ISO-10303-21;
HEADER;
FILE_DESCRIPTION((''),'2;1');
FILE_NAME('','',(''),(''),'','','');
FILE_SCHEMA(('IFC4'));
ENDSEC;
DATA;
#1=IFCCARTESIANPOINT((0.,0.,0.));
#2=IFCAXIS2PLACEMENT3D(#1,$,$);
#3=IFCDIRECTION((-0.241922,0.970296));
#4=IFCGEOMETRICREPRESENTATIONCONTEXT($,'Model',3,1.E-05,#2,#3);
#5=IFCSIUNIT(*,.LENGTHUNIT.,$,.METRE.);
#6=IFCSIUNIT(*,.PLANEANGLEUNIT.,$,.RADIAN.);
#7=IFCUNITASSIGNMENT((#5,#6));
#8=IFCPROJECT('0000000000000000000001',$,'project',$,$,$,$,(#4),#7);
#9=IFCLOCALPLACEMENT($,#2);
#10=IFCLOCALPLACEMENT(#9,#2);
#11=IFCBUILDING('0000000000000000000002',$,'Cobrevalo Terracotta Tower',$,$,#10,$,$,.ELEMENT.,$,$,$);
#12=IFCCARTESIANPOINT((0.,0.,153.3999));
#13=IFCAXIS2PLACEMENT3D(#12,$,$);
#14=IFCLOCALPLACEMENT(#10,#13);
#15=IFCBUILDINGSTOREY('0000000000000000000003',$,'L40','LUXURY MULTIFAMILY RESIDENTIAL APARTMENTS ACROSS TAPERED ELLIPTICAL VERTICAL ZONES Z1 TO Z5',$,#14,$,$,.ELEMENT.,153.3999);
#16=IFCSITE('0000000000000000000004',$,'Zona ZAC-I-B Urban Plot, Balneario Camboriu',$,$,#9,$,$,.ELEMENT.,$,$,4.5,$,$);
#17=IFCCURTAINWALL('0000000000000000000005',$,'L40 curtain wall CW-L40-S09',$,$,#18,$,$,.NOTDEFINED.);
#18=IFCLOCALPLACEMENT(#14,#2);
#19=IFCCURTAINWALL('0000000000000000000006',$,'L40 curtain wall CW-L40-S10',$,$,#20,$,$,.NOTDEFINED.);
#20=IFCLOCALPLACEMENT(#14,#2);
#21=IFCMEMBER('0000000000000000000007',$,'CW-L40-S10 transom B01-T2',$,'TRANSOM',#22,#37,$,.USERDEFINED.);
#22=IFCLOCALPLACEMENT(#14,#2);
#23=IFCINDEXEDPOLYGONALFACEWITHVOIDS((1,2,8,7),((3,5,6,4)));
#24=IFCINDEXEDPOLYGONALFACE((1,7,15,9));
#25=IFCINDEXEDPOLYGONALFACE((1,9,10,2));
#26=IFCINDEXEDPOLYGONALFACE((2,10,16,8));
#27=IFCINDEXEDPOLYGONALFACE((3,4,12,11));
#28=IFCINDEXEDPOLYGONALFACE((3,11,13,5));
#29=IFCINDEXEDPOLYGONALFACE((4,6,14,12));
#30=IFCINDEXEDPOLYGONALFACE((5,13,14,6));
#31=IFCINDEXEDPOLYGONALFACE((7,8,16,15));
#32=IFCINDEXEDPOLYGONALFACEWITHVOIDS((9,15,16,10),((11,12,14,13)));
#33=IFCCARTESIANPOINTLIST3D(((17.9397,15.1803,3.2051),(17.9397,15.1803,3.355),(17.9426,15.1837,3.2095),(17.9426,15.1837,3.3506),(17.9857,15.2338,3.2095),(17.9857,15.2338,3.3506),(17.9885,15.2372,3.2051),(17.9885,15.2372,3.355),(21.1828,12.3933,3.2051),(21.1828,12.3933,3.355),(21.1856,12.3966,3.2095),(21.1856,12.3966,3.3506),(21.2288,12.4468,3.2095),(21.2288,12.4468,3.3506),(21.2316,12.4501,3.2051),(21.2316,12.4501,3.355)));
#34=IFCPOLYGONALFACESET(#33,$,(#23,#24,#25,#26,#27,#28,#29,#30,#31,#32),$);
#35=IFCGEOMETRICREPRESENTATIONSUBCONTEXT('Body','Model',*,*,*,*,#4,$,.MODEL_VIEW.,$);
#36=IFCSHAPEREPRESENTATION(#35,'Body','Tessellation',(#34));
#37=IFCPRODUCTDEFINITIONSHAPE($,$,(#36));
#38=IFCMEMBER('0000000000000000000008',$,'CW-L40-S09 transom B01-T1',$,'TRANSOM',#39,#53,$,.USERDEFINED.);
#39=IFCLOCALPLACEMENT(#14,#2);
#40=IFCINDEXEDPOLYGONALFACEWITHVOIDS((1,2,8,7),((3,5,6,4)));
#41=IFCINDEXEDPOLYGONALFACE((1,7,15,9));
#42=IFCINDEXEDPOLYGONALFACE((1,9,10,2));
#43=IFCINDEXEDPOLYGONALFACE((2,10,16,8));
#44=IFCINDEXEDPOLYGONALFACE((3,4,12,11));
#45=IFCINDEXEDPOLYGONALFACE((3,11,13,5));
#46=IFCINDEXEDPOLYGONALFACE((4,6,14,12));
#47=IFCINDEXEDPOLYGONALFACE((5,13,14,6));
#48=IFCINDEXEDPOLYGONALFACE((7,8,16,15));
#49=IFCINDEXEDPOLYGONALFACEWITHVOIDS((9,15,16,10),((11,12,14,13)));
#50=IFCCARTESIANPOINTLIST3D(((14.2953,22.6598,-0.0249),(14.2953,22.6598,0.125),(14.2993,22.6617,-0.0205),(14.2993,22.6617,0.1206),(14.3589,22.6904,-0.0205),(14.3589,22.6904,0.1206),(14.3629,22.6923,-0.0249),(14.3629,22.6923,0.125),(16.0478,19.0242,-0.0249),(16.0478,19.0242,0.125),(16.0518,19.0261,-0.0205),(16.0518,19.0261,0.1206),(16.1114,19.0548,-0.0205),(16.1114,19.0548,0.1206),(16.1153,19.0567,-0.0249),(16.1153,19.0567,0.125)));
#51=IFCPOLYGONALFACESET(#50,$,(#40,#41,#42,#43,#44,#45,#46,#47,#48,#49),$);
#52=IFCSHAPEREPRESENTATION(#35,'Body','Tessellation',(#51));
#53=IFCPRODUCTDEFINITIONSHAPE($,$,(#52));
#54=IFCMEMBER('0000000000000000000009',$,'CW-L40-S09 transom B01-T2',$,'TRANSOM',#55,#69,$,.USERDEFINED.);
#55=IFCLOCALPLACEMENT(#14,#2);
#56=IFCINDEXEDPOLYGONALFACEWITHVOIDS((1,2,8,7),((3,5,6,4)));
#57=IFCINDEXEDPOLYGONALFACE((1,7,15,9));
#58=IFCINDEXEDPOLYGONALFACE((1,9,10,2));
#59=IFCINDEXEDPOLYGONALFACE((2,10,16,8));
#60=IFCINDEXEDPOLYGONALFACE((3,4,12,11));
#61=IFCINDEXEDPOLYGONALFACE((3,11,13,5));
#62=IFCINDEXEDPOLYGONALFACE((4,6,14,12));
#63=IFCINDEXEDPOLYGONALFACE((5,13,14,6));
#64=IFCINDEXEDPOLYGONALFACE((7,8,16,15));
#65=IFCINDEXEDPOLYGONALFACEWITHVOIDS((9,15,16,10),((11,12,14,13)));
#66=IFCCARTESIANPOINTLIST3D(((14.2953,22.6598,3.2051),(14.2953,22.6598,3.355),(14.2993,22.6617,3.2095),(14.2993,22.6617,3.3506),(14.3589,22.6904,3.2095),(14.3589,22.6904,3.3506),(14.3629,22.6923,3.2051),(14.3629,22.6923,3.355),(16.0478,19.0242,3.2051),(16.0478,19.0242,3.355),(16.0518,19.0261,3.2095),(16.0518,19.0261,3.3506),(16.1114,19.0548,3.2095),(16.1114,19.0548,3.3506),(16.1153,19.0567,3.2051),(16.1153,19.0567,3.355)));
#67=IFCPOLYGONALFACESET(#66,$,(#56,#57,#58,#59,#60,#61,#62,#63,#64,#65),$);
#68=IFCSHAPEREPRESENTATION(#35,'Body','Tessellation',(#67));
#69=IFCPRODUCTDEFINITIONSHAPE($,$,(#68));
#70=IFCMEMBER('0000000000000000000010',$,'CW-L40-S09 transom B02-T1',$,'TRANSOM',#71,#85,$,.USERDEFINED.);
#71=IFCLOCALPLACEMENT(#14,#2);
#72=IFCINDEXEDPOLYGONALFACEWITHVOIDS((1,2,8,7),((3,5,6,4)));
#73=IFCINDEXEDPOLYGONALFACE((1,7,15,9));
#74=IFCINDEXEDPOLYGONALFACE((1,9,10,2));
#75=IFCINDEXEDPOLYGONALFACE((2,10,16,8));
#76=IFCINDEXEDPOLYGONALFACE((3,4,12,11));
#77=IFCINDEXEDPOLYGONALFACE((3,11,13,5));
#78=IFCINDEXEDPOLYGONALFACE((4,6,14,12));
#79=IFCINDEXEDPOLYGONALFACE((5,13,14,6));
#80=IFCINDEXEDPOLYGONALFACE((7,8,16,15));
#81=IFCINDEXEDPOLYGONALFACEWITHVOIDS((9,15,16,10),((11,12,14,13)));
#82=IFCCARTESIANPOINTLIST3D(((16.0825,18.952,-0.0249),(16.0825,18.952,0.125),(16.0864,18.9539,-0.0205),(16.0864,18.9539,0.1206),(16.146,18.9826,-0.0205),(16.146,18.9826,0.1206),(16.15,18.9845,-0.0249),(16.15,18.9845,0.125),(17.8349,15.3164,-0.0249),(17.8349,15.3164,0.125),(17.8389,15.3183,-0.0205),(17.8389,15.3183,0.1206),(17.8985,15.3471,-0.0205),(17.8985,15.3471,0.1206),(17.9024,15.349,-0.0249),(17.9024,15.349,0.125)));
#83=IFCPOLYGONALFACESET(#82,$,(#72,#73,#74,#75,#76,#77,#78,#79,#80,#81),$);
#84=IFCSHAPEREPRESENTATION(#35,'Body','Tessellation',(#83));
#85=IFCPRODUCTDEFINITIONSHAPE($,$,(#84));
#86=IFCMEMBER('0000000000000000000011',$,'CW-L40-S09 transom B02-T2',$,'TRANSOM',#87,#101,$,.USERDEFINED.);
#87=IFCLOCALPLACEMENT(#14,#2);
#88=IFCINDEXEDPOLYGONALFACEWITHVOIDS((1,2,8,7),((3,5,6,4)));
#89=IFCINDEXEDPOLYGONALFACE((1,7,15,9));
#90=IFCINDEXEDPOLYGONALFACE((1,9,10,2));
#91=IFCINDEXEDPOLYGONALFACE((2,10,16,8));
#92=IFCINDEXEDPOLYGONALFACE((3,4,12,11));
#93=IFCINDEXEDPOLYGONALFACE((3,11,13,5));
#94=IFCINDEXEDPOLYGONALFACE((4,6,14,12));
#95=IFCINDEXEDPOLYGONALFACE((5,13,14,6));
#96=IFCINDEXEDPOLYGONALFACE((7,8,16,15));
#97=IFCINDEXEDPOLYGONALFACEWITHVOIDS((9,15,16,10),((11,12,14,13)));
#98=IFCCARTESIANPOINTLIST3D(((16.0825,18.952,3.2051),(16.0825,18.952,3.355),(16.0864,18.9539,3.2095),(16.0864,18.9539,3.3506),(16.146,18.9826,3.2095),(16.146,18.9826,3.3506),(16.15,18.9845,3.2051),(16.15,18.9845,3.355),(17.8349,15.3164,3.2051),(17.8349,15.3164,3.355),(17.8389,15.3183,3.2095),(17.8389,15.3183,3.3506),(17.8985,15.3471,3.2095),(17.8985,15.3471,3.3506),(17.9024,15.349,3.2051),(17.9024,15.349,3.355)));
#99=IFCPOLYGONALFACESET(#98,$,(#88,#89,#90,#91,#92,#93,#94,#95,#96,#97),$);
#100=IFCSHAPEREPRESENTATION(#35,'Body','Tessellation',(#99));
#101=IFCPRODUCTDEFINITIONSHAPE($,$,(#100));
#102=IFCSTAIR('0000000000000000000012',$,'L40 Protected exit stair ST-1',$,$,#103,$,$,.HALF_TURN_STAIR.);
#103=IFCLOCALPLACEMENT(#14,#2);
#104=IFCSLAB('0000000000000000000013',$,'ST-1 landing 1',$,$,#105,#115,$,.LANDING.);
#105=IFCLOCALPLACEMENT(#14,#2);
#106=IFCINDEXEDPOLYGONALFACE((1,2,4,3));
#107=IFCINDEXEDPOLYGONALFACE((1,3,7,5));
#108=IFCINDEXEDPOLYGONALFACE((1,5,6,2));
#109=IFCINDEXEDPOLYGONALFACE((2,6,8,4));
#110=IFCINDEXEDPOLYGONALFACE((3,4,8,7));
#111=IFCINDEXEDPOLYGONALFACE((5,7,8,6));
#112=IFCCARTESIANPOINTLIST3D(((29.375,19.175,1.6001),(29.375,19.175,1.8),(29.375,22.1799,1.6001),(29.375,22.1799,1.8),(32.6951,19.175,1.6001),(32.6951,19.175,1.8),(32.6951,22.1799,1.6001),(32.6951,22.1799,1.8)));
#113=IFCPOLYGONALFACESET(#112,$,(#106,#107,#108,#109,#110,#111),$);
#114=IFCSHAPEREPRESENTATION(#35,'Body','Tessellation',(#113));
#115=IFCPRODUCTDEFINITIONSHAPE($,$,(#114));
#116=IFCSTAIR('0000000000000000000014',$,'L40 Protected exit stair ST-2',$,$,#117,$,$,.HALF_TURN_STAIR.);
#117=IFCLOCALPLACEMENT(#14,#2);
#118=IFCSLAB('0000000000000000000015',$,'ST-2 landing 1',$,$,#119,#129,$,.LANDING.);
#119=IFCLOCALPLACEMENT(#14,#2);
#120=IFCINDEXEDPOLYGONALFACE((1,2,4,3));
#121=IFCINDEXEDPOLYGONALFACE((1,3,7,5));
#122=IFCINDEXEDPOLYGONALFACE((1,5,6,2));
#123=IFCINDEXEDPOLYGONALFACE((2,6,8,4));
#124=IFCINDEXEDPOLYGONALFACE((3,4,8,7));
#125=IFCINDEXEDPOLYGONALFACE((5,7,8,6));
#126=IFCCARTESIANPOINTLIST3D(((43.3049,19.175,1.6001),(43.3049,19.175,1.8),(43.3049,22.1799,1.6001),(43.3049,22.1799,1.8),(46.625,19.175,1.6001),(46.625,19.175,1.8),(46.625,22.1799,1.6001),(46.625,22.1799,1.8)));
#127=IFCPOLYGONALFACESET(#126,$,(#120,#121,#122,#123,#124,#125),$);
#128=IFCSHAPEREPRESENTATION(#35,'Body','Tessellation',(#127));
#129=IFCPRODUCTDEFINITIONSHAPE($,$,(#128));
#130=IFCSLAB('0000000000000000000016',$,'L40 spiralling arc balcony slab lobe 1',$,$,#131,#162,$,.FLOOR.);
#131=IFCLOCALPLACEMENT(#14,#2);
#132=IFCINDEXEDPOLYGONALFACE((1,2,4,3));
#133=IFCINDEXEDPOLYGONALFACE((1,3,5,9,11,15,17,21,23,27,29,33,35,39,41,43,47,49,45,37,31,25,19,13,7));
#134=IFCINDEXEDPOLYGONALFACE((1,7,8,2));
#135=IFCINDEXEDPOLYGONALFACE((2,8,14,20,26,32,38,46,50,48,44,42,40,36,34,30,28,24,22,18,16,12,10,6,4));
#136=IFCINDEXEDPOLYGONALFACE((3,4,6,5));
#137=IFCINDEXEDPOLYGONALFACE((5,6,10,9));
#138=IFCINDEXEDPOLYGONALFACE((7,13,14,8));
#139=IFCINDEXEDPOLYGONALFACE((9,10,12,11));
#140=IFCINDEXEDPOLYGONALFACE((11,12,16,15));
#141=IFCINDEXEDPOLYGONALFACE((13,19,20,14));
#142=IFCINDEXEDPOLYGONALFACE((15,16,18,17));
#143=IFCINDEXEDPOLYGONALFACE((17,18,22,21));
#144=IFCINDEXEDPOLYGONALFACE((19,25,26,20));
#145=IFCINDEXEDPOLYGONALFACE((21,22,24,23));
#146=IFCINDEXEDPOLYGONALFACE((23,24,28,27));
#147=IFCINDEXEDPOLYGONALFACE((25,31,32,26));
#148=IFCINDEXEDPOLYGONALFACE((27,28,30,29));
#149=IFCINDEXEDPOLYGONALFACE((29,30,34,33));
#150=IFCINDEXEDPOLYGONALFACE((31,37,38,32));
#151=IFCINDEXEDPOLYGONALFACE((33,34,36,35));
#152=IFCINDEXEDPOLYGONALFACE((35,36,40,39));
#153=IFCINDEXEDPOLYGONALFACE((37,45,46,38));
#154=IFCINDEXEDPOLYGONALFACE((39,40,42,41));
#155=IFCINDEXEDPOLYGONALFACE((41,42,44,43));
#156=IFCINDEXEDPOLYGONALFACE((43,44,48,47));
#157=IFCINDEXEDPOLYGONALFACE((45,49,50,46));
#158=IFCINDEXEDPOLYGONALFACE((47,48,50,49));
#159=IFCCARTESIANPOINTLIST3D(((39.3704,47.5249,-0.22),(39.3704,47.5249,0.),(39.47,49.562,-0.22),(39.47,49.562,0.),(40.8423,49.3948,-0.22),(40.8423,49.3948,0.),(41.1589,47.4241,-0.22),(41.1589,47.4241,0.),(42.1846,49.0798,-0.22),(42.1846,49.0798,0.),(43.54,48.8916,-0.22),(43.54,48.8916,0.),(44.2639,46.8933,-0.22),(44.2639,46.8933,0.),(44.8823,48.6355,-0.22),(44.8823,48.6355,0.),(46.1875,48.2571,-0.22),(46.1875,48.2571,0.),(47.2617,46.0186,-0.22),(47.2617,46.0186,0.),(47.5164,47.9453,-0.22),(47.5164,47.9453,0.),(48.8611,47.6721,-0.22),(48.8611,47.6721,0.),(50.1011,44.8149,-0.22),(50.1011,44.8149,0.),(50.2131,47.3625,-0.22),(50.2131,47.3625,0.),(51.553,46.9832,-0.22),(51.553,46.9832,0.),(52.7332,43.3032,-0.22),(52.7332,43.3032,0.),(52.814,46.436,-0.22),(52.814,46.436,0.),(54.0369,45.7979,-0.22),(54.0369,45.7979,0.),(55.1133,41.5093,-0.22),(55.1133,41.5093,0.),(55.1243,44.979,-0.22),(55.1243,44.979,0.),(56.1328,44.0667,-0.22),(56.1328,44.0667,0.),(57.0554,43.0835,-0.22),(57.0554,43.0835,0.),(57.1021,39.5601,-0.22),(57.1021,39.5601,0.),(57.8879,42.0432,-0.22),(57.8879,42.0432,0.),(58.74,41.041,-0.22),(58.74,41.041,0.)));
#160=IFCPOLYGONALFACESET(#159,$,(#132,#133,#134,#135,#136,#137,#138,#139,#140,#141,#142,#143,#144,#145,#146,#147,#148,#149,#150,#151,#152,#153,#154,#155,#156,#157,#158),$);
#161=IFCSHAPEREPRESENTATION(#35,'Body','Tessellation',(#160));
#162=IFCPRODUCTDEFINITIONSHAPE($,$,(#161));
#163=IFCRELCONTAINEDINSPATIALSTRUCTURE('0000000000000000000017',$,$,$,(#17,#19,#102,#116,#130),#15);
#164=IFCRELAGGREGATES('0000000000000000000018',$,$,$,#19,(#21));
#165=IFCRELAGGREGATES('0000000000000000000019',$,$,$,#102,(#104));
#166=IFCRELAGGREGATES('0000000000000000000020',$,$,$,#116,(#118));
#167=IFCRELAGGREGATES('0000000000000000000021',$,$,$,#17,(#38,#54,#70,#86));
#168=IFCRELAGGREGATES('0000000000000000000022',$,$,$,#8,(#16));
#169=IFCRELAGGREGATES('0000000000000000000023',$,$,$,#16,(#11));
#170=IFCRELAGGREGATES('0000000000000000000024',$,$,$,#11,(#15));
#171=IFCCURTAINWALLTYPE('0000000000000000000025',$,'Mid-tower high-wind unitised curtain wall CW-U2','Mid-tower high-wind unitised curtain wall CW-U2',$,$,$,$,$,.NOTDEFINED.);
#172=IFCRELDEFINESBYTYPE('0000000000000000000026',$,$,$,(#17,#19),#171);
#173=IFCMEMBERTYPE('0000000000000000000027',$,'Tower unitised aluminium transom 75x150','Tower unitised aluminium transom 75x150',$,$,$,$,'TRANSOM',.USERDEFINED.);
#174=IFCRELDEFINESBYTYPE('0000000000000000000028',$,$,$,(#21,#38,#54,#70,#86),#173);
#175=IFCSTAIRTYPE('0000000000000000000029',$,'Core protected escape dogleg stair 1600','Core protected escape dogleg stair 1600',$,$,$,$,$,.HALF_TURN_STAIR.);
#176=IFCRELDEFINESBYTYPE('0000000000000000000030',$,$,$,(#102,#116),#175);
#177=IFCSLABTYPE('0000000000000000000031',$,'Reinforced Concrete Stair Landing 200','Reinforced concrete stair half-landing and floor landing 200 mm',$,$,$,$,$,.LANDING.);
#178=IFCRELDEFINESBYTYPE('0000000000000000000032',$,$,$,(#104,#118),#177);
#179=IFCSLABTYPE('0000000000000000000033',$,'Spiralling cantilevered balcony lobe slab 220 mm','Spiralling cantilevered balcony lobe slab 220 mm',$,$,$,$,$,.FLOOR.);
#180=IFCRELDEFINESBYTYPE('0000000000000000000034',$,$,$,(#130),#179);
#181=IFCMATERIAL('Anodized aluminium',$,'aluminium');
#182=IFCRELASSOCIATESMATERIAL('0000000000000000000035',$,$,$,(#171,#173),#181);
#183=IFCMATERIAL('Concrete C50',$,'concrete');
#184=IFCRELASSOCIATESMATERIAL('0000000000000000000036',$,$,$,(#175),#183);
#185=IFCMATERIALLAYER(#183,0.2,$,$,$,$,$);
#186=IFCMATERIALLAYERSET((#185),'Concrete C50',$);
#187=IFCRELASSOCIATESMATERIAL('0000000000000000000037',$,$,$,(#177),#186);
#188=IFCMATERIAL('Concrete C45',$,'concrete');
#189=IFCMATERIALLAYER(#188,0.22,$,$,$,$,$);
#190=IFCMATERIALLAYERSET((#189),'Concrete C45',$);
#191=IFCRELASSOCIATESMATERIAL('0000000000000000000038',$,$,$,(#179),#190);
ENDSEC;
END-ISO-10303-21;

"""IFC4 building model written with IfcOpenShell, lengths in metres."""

from ifc_helpers import new_model, si_unit, direction, frame, origin, origin_2d, place, context, subcontext, project, spatial, polyline, hollow_rectangle, outline, extrude, source, transform, mapped, material, layer, layer_set, material_profile, profile_set, type_object, element, aggregate, save


model = new_model("IFC4")

# Units and contexts
model_context = context("Model", 3, precision=1e-05, world=origin(), true_north=direction((-0.241922, 0.970296)))
body_context = subcontext(model_context, "Body", "Model", "MODEL_VIEW")
ifc_project = project(units=[si_unit("LENGTHUNIT", "METRE"), si_unit("PLANEANGLEUNIT", "RADIAN")], contexts=[model_context])

# Site, building, storey
site_placement = place(None, origin())
site = spatial("IfcSite", under=ifc_project, at=site_placement, Name="Zona ZAC-I-B Urban Plot, Balneario Camboriu", CompositionType="ELEMENT", RefElevation=4.5)
building_placement = place(site_placement, origin())
building = spatial("IfcBuilding", under=site, at=building_placement, Name="Cobrevalo Terracotta Tower", CompositionType="ELEMENT")
storey_placement = place(building_placement, frame((0.0, 0.0, 153.3999)))
storey = spatial("IfcBuildingStorey", under=building, at=storey_placement, Name="L40", Description="LUXURY MULTIFAMILY RESIDENTIAL APARTMENTS ACROSS TAPERED ELLIPTICAL VERTICAL ZONES Z1 TO Z5", CompositionType="ELEMENT", Elevation=153.3999)

# Curtain walls, member
ifc_material_1 = material(Name="Anodized aluminium", Category="aluminium")
curtain_wall_type = type_object("IfcCurtainWallType", Name="Mid-tower high-wind unitised curtain wall CW-U2", Description="Mid-tower high-wind unitised curtain wall CW-U2", PredefinedType="NOTDEFINED", material=ifc_material_1)
curtain_wall_1_placement = place(storey_placement, origin())
curtain_wall_1 = element("IfcCurtainWall", 1, at=curtain_wall_1_placement, inside=storey, type_object=curtain_wall_type, Name="L40 curtain wall CW-L40-S09", PredefinedType="NOTDEFINED")
curtain_wall_2_placement = place(storey_placement, origin())
curtain_wall_2 = element("IfcCurtainWall", 2, at=curtain_wall_2_placement, inside=storey, type_object=curtain_wall_type, Name="L40 curtain wall CW-L40-S10", PredefinedType="NOTDEFINED")
ifc_material_profile_1 = material_profile(ifc_material_1, hollow_rectangle(XDim=0.075, YDim=0.1499, WallThickness=0.0044, at=origin_2d()), Name="CWT 75x150")
ifc_profile_set_1 = profile_set([ifc_material_profile_1], Name="Anodized aluminium")
member_type_1 = type_object("IfcMemberType", Name="Tower unitised aluminium transom 75x150", Description="Tower unitised aluminium transom 75x150", ElementType="TRANSOM", PredefinedType="USERDEFINED", material=ifc_profile_set_1)
shared_shape_1 = source(origin(), body_context, "Body", "SweptSolid", [
    extrude(hollow_rectangle(XDim=0.075, YDim=0.1499, WallThickness=0.0044, at=origin_2d()), origin(), (0.0, 0.0, 1.0), 4.2761),
])
member_1_placement = place(storey_placement, frame((17.9641, 15.2087, 3.28), z_axis=(0.758418, -0.651769, 0.0), x_axis=(0.651769, 0.758418, 0.0)))
member_1 = element("IfcMember", 3, at=member_1_placement, type_object=member_type_1, Name="CW-L40-S10 transom B01-T2", ObjectType="TRANSOM", PredefinedType="USERDEFINED", context=body_context, shape_type="MappedRepresentation", body=[
    mapped(shared_shape_1, transform((0.0, 0.0, 0.0), scale=1.0)),
])
aggregate(curtain_wall_2, [member_1])

# Members
shared_shape_2 = source(origin(), body_context, "Body", "SweptSolid", [
    extrude(hollow_rectangle(XDim=0.075, YDim=0.1499, WallThickness=0.0044, at=origin_2d()), origin(), (0.0, 0.0, 1.0), 4.0359),
])
member_2_placement = place(storey_placement, frame((14.3291, 22.676, 0.05), z_axis=(0.434221, -0.900806, 0.0), x_axis=(0.900806, 0.434221, 0.0)))
member_2 = element("IfcMember", 4, at=member_2_placement, type_object=member_type_1, Name="CW-L40-S09 transom B01-T1", ObjectType="TRANSOM", PredefinedType="USERDEFINED", context=body_context, shape_type="MappedRepresentation", body=[
    mapped(shared_shape_2, transform((0.0, 0.0, 0.0), scale=1.0)),
])
member_3_placement = place(storey_placement, frame((14.3291, 22.676, 3.28), z_axis=(0.434221, -0.900806, 0.0), x_axis=(0.900806, 0.434221, 0.0)))
member_3 = element("IfcMember", 5, at=member_3_placement, type_object=member_type_1, Name="CW-L40-S09 transom B01-T2", ObjectType="TRANSOM", PredefinedType="USERDEFINED", context=body_context, shape_type="MappedRepresentation", body=[
    mapped(shared_shape_2, transform((0.0, 0.0, 0.0), scale=1.0)),
])
member_4_placement = place(storey_placement, frame((16.1162, 18.9683, 0.05), z_axis=(0.434221, -0.900806, 0.0), x_axis=(0.900806, 0.434221, 0.0)))
member_4 = element("IfcMember", 6, at=member_4_placement, type_object=member_type_1, Name="CW-L40-S09 transom B02-T1", ObjectType="TRANSOM", PredefinedType="USERDEFINED", context=body_context, shape_type="MappedRepresentation", body=[
    mapped(shared_shape_2, transform((0.0, 0.0, 0.0), scale=1.0)),
])
member_5_placement = place(storey_placement, frame((16.1162, 18.9683, 3.28), z_axis=(0.434221, -0.900806, 0.0), x_axis=(0.900806, 0.434221, 0.0)))
member_5 = element("IfcMember", 7, at=member_5_placement, type_object=member_type_1, Name="CW-L40-S09 transom B02-T2", ObjectType="TRANSOM", PredefinedType="USERDEFINED", context=body_context, shape_type="MappedRepresentation", body=[
    mapped(shared_shape_2, transform((0.0, 0.0, 0.0), scale=1.0)),
])

# Stairs, slabs
ifc_material_2 = material(Name="Concrete C50", Category="concrete")
stair_type = type_object("IfcStairType", Name="Core protected escape dogleg stair 1600", Description="Core protected escape dogleg stair 1600", PredefinedType="HALF_TURN_STAIR", material=ifc_material_2)
stair_1_placement = place(storey_placement, origin())
stair_1 = element("IfcStair", 8, at=stair_1_placement, inside=storey, type_object=stair_type, Name="L40 Protected exit stair ST-1", PredefinedType="HALF_TURN_STAIR")
ifc_layer_1 = layer(ifc_material_2, 0.2)
ifc_layer_set_1 = layer_set([ifc_layer_1], Name="Concrete C50")
slab_type_1 = type_object("IfcSlabType", Name="Reinforced Concrete Stair Landing 200", Description="Reinforced concrete stair half-landing and floor landing 200 mm", PredefinedType="LANDING", material=ifc_layer_set_1)
slab_1_placement = place(storey_placement, frame((0.0, 0.0, 1.6001)))
slab_1 = element("IfcSlab", 9, at=slab_1_placement, type_object=slab_type_1, Name="ST-1 landing 1", PredefinedType="LANDING", context=body_context, shape_type="SweptSolid", body=[
    extrude(outline(polyline([(29.375, 22.1799), (29.375, 19.175), (32.6951, 19.175), (32.6951, 22.1799), (29.375, 22.1799)])), origin(), (0.0, 0.0, 1.0), 0.2),
])
aggregate(stair_1, [slab_1])
stair_2_placement = place(storey_placement, origin())
stair_2 = element("IfcStair", 10, at=stair_2_placement, inside=storey, type_object=stair_type, Name="L40 Protected exit stair ST-2", PredefinedType="HALF_TURN_STAIR")
slab_2_placement = place(storey_placement, frame((0.0, 0.0, 1.6001)))
slab_2 = element("IfcSlab", 11, at=slab_2_placement, type_object=slab_type_1, Name="ST-2 landing 1", PredefinedType="LANDING", context=body_context, shape_type="SweptSolid", body=[
    extrude(outline(polyline([(43.3049, 22.1799), (43.3049, 19.175), (46.625, 19.175), (46.625, 22.1799), (43.3049, 22.1799)])), origin(), (0.0, 0.0, 1.0), 0.2),
])
aggregate(stair_2, [slab_2])

# Slab
ifc_material_3 = material(Name="Concrete C45", Category="concrete")
ifc_layer_2 = layer(ifc_material_3, 0.22)
ifc_layer_set_2 = layer_set([ifc_layer_2], Name="Concrete C45")
slab_type_2 = type_object("IfcSlabType", Name="Spiralling cantilevered balcony lobe slab 220 mm", Description="Spiralling cantilevered balcony lobe slab 220 mm", PredefinedType="FLOOR", material=ifc_layer_set_2)
slab_3_placement = place(storey_placement, frame((0.0, 0.0, -0.22)))
element("IfcSlab", 12, at=slab_3_placement, inside=storey, type_object=slab_type_2, Name="L40 spiralling arc balcony slab lobe 1", PredefinedType="FLOOR", context=body_context, shape_type="SweptSolid", body=[
    extrude(outline(polyline([(58.74, 41.041), (57.8879, 42.0432), (57.0554, 43.0835), (56.1328, 44.0667), (55.1243, 44.979), (54.0369, 45.7979), (52.814, 46.436), (51.553, 46.9832), (50.2131, 47.3625), (48.8611, 47.6721), (47.5164, 47.9453), (46.1875, 48.2571), (44.8823, 48.6355), (43.54, 48.8916), (42.1846, 49.0798), (40.8423, 49.3948), (39.47, 49.562), (39.3704, 47.5249), (41.1589, 47.4241), (44.2639, 46.8933), (47.2617, 46.0186), (50.1011, 44.8149), (52.7332, 43.3032), (55.1133, 41.5093), (57.1021, 39.5601), (58.74, 41.041)])), origin(), (0.0, 0.0, 1.0), 0.22),
])

aggregate(curtain_wall_1, [member_2, member_3, member_4, member_5])

save(model, "model.ifc")
